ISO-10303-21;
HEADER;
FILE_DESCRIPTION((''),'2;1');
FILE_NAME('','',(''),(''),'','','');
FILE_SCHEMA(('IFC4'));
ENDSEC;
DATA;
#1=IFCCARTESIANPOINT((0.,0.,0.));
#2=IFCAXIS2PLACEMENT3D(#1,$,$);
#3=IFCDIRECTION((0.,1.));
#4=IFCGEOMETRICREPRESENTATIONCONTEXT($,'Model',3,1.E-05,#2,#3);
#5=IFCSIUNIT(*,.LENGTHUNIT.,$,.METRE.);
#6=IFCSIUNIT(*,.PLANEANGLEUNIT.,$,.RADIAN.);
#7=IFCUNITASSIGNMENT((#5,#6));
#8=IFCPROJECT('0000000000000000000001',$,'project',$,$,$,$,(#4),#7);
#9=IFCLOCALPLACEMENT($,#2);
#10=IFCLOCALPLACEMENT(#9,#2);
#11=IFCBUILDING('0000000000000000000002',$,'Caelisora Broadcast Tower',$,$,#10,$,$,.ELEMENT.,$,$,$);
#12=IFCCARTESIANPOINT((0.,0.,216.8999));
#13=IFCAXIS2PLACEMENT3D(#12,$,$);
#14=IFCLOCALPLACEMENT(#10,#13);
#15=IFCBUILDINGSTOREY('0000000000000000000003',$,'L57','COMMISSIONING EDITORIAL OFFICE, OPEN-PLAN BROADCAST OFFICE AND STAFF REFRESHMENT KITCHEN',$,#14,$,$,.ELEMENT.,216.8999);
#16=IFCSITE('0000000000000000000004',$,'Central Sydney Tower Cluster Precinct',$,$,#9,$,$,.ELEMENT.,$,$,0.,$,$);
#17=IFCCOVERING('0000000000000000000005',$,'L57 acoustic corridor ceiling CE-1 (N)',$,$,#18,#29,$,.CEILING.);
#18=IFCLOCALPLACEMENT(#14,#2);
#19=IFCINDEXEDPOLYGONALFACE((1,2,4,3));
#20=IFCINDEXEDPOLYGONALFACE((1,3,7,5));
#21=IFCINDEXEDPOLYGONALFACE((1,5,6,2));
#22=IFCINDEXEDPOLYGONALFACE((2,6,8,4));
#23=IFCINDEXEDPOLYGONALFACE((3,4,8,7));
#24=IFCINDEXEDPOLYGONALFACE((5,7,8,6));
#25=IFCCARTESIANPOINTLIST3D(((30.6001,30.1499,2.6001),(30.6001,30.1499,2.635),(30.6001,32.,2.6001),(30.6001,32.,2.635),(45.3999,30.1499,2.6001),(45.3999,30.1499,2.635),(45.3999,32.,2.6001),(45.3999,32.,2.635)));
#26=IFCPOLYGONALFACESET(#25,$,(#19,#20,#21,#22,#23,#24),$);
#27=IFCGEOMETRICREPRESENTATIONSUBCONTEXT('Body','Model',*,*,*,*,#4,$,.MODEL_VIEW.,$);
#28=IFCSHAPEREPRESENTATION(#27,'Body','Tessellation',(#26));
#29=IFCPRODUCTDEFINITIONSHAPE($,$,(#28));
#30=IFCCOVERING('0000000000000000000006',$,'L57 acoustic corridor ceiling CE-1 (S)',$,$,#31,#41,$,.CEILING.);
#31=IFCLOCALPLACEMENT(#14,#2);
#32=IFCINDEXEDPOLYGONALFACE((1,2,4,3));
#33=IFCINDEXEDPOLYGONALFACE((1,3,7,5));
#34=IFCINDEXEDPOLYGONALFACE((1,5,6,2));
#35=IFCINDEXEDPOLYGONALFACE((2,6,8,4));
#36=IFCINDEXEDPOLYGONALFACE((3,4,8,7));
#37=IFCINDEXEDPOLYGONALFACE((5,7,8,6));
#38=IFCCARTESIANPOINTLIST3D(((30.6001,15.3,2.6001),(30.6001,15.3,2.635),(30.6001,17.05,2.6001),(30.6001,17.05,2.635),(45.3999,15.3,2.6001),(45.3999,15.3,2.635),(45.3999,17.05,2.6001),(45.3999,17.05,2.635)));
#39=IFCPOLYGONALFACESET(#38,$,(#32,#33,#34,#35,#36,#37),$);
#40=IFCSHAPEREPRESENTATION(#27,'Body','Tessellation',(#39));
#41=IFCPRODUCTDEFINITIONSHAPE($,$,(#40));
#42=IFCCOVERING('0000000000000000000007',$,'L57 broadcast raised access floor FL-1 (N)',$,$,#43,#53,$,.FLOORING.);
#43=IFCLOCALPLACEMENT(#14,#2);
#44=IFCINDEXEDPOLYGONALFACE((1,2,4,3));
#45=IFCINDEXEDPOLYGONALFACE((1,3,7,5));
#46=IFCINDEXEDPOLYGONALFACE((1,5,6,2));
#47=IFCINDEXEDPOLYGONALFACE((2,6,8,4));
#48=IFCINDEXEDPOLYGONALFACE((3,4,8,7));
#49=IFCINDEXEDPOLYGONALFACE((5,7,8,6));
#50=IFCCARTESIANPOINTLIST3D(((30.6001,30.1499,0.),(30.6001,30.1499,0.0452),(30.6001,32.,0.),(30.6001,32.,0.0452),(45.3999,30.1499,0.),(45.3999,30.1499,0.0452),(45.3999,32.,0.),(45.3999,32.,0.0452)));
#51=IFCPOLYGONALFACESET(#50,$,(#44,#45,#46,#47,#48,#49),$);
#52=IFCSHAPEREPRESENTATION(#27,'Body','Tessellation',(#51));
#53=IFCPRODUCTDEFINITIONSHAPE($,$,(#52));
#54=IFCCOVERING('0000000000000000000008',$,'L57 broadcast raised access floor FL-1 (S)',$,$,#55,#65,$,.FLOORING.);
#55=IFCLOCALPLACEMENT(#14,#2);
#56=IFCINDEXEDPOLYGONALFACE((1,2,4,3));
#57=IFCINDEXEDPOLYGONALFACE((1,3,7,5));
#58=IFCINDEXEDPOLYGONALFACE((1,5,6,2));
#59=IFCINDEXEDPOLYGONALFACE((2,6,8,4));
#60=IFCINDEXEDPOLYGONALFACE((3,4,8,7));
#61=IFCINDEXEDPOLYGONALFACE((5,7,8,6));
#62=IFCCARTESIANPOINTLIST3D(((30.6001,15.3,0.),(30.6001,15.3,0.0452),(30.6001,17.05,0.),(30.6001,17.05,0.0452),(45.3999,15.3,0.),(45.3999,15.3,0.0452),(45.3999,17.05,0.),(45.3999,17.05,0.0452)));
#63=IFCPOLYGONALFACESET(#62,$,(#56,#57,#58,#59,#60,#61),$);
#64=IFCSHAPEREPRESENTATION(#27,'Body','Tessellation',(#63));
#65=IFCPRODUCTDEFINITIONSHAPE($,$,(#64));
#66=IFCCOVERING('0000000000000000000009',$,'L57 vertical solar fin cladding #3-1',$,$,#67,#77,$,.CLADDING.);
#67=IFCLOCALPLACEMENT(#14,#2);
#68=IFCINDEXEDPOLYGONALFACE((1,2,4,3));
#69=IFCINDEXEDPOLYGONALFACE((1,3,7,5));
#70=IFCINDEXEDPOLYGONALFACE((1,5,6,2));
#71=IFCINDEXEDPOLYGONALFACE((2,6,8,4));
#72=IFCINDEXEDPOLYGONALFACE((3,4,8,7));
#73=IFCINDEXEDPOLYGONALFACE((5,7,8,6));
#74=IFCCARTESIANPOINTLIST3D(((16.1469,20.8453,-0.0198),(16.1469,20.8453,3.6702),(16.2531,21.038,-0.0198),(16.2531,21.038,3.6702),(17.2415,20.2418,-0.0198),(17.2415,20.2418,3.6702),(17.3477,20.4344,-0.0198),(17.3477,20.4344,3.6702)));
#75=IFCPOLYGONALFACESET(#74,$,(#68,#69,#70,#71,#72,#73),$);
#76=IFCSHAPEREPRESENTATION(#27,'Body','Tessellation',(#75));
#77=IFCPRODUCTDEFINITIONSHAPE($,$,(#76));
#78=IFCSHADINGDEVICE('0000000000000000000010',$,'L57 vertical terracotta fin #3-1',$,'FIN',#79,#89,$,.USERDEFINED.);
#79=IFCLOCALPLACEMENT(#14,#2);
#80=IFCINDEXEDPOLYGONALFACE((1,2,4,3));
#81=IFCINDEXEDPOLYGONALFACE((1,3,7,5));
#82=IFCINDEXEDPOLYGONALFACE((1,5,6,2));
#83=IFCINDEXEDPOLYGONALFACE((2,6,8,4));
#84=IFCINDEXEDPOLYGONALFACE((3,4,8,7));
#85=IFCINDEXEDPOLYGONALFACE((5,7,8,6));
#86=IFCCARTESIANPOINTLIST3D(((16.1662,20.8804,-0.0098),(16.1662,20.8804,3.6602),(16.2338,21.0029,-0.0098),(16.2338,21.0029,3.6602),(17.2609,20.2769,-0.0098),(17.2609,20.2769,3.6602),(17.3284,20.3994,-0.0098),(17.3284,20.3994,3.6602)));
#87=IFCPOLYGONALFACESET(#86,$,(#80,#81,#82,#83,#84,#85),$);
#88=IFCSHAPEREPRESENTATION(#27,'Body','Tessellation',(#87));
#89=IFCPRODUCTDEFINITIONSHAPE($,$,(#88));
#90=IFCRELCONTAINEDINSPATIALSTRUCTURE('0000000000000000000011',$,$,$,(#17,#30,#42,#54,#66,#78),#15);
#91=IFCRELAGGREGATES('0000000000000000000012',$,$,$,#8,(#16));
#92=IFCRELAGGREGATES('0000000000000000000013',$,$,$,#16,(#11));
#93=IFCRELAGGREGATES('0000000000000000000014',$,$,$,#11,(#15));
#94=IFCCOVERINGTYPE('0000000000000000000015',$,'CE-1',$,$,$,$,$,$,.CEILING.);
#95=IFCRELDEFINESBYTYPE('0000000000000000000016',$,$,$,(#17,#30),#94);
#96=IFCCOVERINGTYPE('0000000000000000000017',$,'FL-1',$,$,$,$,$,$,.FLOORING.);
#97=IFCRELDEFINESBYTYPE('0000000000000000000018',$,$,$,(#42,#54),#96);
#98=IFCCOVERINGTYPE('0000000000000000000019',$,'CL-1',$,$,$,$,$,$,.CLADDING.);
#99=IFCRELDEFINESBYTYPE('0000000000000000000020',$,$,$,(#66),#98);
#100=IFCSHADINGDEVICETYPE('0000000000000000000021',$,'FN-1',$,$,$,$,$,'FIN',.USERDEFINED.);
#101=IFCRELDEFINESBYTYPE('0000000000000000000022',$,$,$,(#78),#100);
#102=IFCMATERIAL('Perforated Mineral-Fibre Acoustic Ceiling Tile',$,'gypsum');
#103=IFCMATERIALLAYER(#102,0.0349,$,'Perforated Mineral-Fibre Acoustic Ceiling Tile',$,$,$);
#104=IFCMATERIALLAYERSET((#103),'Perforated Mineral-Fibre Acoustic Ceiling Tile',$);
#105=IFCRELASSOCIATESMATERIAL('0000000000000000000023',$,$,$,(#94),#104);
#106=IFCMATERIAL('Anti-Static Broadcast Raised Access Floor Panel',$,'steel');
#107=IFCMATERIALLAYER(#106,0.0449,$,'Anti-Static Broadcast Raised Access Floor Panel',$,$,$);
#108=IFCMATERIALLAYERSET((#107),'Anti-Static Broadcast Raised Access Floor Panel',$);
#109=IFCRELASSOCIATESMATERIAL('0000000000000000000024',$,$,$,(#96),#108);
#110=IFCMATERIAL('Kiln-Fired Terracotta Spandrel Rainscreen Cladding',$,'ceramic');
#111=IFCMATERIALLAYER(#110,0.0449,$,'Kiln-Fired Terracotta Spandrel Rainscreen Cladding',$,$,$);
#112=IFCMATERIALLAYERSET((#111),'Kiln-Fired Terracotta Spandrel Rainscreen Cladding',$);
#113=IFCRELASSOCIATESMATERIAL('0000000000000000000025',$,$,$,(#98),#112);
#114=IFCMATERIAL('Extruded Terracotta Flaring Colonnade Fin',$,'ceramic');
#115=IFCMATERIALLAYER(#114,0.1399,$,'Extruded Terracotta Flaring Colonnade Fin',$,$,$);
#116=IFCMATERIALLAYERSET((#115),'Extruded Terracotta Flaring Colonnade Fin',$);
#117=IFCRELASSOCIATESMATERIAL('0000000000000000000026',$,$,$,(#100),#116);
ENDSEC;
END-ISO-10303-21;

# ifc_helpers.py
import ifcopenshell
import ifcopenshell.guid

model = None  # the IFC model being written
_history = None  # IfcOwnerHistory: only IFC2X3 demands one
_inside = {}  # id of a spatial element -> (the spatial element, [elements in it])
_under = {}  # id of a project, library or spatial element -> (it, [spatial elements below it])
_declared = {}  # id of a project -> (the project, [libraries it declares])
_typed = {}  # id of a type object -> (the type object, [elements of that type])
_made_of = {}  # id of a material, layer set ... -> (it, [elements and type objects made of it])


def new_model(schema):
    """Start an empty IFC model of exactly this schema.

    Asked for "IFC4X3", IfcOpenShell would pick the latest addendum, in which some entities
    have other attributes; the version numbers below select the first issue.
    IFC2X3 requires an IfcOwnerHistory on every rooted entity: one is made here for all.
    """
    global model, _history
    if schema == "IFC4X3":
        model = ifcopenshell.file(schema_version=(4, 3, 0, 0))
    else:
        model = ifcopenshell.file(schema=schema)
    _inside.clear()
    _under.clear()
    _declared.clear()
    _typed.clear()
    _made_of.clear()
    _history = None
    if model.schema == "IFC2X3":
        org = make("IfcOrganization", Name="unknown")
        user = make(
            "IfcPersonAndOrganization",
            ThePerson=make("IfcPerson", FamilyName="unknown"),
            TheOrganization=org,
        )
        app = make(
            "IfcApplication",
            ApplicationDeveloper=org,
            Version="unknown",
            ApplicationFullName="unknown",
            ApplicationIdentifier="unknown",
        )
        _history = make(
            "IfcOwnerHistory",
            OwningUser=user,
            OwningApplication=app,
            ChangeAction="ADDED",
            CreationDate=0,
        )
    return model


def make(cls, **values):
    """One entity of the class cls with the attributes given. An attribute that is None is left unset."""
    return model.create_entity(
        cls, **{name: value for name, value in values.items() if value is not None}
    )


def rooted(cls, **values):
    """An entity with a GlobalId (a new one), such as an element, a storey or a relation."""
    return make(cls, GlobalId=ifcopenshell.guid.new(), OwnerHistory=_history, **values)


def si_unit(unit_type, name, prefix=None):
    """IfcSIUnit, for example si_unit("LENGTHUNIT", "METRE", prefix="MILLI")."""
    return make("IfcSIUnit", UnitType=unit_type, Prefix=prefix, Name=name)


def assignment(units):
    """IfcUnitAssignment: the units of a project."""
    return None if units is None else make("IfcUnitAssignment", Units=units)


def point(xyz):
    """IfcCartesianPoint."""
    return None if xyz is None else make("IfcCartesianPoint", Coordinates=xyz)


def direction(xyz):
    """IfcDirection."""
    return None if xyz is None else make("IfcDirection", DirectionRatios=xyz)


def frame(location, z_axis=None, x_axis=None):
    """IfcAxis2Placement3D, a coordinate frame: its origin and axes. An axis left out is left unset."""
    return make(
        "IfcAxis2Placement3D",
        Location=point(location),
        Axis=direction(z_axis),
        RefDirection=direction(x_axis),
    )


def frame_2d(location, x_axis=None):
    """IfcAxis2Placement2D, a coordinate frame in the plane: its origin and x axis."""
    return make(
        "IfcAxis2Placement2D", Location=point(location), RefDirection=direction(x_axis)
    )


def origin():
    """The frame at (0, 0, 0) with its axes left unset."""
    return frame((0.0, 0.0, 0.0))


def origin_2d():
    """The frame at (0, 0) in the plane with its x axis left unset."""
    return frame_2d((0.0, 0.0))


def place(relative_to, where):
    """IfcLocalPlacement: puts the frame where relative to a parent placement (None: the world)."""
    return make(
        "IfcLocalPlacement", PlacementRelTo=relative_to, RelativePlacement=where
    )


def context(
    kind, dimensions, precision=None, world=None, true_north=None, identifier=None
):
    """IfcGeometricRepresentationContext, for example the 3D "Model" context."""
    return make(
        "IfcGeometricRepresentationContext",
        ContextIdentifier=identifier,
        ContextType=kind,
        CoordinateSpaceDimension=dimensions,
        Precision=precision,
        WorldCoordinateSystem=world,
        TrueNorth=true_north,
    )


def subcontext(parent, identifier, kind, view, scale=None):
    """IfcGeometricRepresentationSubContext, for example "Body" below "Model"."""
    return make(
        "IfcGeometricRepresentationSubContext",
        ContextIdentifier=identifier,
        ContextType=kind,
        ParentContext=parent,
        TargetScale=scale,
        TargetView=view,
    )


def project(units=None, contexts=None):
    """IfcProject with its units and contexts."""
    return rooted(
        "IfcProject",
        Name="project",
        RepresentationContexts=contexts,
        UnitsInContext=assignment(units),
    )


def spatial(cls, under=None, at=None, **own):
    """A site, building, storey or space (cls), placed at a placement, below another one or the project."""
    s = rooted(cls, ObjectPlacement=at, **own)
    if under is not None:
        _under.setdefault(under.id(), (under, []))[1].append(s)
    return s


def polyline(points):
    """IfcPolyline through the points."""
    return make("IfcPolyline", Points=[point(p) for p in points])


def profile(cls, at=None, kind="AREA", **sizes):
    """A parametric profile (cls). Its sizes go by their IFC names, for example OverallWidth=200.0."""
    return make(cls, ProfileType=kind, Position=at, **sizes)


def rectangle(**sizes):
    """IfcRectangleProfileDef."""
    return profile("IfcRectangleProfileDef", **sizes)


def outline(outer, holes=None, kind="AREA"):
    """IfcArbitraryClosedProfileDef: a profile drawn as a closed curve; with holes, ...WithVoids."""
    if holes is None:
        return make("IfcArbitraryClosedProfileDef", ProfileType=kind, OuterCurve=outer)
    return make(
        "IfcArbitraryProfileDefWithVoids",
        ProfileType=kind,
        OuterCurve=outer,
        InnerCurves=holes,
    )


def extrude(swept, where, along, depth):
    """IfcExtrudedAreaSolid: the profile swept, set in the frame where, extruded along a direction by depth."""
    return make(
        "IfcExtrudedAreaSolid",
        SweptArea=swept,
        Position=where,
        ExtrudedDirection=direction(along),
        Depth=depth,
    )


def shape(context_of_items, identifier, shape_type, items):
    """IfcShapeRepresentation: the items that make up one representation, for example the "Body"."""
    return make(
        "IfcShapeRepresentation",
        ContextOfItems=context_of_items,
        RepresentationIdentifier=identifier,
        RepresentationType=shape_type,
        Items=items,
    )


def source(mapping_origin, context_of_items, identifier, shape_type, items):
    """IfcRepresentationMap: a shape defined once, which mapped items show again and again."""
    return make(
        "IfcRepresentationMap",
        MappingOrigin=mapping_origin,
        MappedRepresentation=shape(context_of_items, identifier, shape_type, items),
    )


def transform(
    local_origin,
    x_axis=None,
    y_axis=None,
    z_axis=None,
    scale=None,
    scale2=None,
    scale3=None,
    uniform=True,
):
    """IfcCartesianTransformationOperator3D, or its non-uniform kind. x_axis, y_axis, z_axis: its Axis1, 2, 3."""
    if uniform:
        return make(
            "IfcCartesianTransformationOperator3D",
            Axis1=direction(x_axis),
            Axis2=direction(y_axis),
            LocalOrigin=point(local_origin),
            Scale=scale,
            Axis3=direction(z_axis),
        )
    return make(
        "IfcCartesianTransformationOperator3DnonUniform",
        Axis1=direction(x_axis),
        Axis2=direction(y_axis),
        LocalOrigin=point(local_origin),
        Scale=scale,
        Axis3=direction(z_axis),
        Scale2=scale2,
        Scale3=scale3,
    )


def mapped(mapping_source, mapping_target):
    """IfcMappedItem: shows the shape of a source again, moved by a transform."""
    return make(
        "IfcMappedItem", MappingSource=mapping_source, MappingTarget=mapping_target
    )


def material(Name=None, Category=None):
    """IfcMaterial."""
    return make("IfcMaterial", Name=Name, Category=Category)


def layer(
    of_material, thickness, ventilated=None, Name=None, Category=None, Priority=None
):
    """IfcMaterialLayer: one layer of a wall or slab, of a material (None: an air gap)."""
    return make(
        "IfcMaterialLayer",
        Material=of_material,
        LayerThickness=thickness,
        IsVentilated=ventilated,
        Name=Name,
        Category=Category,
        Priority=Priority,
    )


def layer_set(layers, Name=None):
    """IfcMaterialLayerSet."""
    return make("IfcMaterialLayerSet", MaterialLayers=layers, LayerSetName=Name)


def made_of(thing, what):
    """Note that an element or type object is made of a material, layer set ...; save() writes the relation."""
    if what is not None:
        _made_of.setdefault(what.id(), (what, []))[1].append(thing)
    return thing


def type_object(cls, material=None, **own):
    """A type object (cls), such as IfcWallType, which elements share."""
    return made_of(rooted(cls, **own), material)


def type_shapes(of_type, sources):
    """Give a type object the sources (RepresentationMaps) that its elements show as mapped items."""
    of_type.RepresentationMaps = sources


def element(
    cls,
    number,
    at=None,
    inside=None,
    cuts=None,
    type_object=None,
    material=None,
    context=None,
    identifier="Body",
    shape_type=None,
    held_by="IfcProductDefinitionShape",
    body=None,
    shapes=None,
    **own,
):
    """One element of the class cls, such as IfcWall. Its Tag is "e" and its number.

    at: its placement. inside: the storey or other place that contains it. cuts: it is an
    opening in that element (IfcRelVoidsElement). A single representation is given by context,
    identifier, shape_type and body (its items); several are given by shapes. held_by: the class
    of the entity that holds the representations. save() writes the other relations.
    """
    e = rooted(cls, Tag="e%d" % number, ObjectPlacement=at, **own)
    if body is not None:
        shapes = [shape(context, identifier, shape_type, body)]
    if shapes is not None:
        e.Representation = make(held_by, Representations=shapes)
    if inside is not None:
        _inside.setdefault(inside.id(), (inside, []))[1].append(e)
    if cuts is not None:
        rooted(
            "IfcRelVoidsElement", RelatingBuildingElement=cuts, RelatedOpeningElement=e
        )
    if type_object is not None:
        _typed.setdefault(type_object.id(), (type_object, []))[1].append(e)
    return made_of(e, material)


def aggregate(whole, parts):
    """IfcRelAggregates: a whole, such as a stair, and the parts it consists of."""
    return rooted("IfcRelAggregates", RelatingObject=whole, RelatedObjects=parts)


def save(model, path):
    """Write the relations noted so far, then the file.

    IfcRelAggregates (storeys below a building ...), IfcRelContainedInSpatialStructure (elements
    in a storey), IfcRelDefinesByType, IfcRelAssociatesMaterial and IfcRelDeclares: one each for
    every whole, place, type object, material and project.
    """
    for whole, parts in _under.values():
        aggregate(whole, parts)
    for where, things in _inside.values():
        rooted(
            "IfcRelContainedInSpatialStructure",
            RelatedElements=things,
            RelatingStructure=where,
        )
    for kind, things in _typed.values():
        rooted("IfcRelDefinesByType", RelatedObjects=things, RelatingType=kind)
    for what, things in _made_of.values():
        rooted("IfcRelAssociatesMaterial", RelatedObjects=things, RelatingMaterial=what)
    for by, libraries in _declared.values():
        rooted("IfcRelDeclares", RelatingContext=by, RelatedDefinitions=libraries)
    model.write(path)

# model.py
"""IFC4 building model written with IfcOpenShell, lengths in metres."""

from ifc_helpers import new_model, si_unit, direction, frame, origin, origin_2d, place, context, subcontext, project, spatial, polyline, rectangle, outline, extrude, source, transform, mapped, material, layer, layer_set, type_object, type_shapes, element, save


model = new_model("IFC4")

# Units and contexts
model_context = context("Model", 3, precision=1e-05, world=origin(), true_north=direction((0.0, 1.0)))
body_context = subcontext(model_context, "Body", "Model", "MODEL_VIEW")
ifc_project = project(units=[si_unit("LENGTHUNIT", "METRE"), si_unit("PLANEANGLEUNIT", "RADIAN")], contexts=[model_context])

# Site, building, storey
site_placement = place(None, origin())
site = spatial("IfcSite", under=ifc_project, at=site_placement, Name="Central Sydney Tower Cluster Precinct", CompositionType="ELEMENT", RefElevation=0.0)
building_placement = place(site_placement, origin())
building = spatial("IfcBuilding", under=site, at=building_placement, Name="Caelisora Broadcast Tower", CompositionType="ELEMENT")
storey_placement = place(building_placement, frame((0.0, 0.0, 216.8999)))
storey = spatial("IfcBuildingStorey", under=building, at=storey_placement, Name="L57", Description="COMMISSIONING EDITORIAL OFFICE, OPEN-PLAN BROADCAST OFFICE AND STAFF REFRESHMENT KITCHEN", CompositionType="ELEMENT", Elevation=216.8999)

# Coverings
ifc_material_1 = material(Name="Perforated Mineral-Fibre Acoustic Ceiling Tile", Category="gypsum")
ifc_layer_1 = layer(ifc_material_1, 0.0349, Name="Perforated Mineral-Fibre Acoustic Ceiling Tile")
ifc_layer_set_1 = layer_set([ifc_layer_1], Name="Perforated Mineral-Fibre Acoustic Ceiling Tile")
covering_type_1 = type_object("IfcCoveringType", Name="CE-1", PredefinedType="CEILING", material=ifc_layer_set_1)
covering_1_placement = place(storey_placement, frame((0.0, 0.0, 2.6001)))
element("IfcCovering", 1, at=covering_1_placement, inside=storey, type_object=covering_type_1, Name="L57 acoustic corridor ceiling CE-1 (N)", PredefinedType="CEILING", context=body_context, shape_type="SweptSolid", body=[
    extrude(outline(polyline([(30.6001, 30.1499), (45.3999, 30.1499), (45.3999, 32.0), (30.6001, 32.0), (30.6001, 30.1499)])), origin(), (0.0, 0.0, 1.0), 0.0349),
])
covering_2_placement = place(storey_placement, frame((0.0, 0.0, 2.6001)))
element("IfcCovering", 2, at=covering_2_placement, inside=storey, type_object=covering_type_1, Name="L57 acoustic corridor ceiling CE-1 (S)", PredefinedType="CEILING", context=body_context, shape_type="SweptSolid", body=[
    extrude(outline(polyline([(30.6001, 15.3), (45.3999, 15.3), (45.3999, 17.05), (30.6001, 17.05), (30.6001, 15.3)])), origin(), (0.0, 0.0, 1.0), 0.0349),
])
ifc_material_2 = material(Name="Anti-Static Broadcast Raised Access Floor Panel", Category="steel")
ifc_layer_2 = layer(ifc_material_2, 0.0449, Name="Anti-Static Broadcast Raised Access Floor Panel")
ifc_layer_set_2 = layer_set([ifc_layer_2], Name="Anti-Static Broadcast Raised Access Floor Panel")
covering_type_2 = type_object("IfcCoveringType", Name="FL-1", PredefinedType="FLOORING", material=ifc_layer_set_2)
covering_3_placement = place(storey_placement, origin())
element("IfcCovering", 3, at=covering_3_placement, inside=storey, type_object=covering_type_2, Name="L57 broadcast raised access floor FL-1 (N)", PredefinedType="FLOORING", context=body_context, shape_type="SweptSolid", body=[
    extrude(outline(polyline([(30.6001, 30.1499), (45.3999, 30.1499), (45.3999, 32.0), (30.6001, 32.0), (30.6001, 30.1499)])), origin(), (0.0, 0.0, 1.0), 0.0452),
])
covering_4_placement = place(storey_placement, origin())
element("IfcCovering", 4, at=covering_4_placement, inside=storey, type_object=covering_type_2, Name="L57 broadcast raised access floor FL-1 (S)", PredefinedType="FLOORING", context=body_context, shape_type="SweptSolid", body=[
    extrude(outline(polyline([(30.6001, 15.3), (45.3999, 15.3), (45.3999, 17.05), (30.6001, 17.05), (30.6001, 15.3)])), origin(), (0.0, 0.0, 1.0), 0.0452),
])
ifc_material_3 = material(Name="Kiln-Fired Terracotta Spandrel Rainscreen Cladding", Category="ceramic")
ifc_layer_3 = layer(ifc_material_3, 0.0449, Name="Kiln-Fired Terracotta Spandrel Rainscreen Cladding")
ifc_layer_set_3 = layer_set([ifc_layer_3], Name="Kiln-Fired Terracotta Spandrel Rainscreen Cladding")
covering_type_3 = type_object("IfcCoveringType", Name="CL-1", PredefinedType="CLADDING", material=ifc_layer_set_3)
shared_shape_1 = source(origin(), body_context, "Body", "SweptSolid", [
    extrude(rectangle(XDim=0.22, YDim=1.25, at=origin_2d()), origin(), (0.0, 0.0, 1.0), 3.6899),
])
type_shapes(covering_type_3, [shared_shape_1])
covering_5_placement = place(storey_placement, frame((16.7473, 20.6399, -0.0198), z_axis=(0.0, 0.0, 1.0), x_axis=(0.482824, 0.875717, 0.0)))
element("IfcCovering", 5, at=covering_5_placement, inside=storey, type_object=covering_type_3, Name="L57 vertical solar fin cladding #3-1", PredefinedType="CLADDING", context=body_context, shape_type="MappedRepresentation", body=[
    mapped(shared_shape_1, transform((0.0, 0.0, 0.0), scale=1.0)),
])

# Shading device
ifc_material_4 = material(Name="Extruded Terracotta Flaring Colonnade Fin", Category="ceramic")
ifc_layer_4 = layer(ifc_material_4, 0.1399, Name="Extruded Terracotta Flaring Colonnade Fin")
ifc_layer_set_4 = layer_set([ifc_layer_4], Name="Extruded Terracotta Flaring Colonnade Fin")
shading_device_type = type_object("IfcShadingDeviceType", Name="FN-1", ElementType="FIN", PredefinedType="USERDEFINED", material=ifc_layer_set_4)
shared_shape_2 = source(origin(), body_context, "Body", "SweptSolid", [
    extrude(rectangle(XDim=0.1399, YDim=1.25, at=origin_2d()), origin(), (0.0, 0.0, 1.0), 3.6699),
])
type_shapes(shading_device_type, [shared_shape_2])
shading_device_placement = place(storey_placement, frame((16.7473, 20.6399, -0.0098), z_axis=(0.0, 0.0, 1.0), x_axis=(0.482824, 0.875717, 0.0)))
element("IfcShadingDevice", 6, at=shading_device_placement, inside=storey, type_object=shading_device_type, Name="L57 vertical terracotta fin #3-1", ObjectType="FIN", PredefinedType="USERDEFINED", context=body_context, shape_type="MappedRepresentation", body=[
    mapped(shared_shape_2, transform((0.0, 0.0, 0.0), scale=1.0)),
])

save(model, "model.ifc")
